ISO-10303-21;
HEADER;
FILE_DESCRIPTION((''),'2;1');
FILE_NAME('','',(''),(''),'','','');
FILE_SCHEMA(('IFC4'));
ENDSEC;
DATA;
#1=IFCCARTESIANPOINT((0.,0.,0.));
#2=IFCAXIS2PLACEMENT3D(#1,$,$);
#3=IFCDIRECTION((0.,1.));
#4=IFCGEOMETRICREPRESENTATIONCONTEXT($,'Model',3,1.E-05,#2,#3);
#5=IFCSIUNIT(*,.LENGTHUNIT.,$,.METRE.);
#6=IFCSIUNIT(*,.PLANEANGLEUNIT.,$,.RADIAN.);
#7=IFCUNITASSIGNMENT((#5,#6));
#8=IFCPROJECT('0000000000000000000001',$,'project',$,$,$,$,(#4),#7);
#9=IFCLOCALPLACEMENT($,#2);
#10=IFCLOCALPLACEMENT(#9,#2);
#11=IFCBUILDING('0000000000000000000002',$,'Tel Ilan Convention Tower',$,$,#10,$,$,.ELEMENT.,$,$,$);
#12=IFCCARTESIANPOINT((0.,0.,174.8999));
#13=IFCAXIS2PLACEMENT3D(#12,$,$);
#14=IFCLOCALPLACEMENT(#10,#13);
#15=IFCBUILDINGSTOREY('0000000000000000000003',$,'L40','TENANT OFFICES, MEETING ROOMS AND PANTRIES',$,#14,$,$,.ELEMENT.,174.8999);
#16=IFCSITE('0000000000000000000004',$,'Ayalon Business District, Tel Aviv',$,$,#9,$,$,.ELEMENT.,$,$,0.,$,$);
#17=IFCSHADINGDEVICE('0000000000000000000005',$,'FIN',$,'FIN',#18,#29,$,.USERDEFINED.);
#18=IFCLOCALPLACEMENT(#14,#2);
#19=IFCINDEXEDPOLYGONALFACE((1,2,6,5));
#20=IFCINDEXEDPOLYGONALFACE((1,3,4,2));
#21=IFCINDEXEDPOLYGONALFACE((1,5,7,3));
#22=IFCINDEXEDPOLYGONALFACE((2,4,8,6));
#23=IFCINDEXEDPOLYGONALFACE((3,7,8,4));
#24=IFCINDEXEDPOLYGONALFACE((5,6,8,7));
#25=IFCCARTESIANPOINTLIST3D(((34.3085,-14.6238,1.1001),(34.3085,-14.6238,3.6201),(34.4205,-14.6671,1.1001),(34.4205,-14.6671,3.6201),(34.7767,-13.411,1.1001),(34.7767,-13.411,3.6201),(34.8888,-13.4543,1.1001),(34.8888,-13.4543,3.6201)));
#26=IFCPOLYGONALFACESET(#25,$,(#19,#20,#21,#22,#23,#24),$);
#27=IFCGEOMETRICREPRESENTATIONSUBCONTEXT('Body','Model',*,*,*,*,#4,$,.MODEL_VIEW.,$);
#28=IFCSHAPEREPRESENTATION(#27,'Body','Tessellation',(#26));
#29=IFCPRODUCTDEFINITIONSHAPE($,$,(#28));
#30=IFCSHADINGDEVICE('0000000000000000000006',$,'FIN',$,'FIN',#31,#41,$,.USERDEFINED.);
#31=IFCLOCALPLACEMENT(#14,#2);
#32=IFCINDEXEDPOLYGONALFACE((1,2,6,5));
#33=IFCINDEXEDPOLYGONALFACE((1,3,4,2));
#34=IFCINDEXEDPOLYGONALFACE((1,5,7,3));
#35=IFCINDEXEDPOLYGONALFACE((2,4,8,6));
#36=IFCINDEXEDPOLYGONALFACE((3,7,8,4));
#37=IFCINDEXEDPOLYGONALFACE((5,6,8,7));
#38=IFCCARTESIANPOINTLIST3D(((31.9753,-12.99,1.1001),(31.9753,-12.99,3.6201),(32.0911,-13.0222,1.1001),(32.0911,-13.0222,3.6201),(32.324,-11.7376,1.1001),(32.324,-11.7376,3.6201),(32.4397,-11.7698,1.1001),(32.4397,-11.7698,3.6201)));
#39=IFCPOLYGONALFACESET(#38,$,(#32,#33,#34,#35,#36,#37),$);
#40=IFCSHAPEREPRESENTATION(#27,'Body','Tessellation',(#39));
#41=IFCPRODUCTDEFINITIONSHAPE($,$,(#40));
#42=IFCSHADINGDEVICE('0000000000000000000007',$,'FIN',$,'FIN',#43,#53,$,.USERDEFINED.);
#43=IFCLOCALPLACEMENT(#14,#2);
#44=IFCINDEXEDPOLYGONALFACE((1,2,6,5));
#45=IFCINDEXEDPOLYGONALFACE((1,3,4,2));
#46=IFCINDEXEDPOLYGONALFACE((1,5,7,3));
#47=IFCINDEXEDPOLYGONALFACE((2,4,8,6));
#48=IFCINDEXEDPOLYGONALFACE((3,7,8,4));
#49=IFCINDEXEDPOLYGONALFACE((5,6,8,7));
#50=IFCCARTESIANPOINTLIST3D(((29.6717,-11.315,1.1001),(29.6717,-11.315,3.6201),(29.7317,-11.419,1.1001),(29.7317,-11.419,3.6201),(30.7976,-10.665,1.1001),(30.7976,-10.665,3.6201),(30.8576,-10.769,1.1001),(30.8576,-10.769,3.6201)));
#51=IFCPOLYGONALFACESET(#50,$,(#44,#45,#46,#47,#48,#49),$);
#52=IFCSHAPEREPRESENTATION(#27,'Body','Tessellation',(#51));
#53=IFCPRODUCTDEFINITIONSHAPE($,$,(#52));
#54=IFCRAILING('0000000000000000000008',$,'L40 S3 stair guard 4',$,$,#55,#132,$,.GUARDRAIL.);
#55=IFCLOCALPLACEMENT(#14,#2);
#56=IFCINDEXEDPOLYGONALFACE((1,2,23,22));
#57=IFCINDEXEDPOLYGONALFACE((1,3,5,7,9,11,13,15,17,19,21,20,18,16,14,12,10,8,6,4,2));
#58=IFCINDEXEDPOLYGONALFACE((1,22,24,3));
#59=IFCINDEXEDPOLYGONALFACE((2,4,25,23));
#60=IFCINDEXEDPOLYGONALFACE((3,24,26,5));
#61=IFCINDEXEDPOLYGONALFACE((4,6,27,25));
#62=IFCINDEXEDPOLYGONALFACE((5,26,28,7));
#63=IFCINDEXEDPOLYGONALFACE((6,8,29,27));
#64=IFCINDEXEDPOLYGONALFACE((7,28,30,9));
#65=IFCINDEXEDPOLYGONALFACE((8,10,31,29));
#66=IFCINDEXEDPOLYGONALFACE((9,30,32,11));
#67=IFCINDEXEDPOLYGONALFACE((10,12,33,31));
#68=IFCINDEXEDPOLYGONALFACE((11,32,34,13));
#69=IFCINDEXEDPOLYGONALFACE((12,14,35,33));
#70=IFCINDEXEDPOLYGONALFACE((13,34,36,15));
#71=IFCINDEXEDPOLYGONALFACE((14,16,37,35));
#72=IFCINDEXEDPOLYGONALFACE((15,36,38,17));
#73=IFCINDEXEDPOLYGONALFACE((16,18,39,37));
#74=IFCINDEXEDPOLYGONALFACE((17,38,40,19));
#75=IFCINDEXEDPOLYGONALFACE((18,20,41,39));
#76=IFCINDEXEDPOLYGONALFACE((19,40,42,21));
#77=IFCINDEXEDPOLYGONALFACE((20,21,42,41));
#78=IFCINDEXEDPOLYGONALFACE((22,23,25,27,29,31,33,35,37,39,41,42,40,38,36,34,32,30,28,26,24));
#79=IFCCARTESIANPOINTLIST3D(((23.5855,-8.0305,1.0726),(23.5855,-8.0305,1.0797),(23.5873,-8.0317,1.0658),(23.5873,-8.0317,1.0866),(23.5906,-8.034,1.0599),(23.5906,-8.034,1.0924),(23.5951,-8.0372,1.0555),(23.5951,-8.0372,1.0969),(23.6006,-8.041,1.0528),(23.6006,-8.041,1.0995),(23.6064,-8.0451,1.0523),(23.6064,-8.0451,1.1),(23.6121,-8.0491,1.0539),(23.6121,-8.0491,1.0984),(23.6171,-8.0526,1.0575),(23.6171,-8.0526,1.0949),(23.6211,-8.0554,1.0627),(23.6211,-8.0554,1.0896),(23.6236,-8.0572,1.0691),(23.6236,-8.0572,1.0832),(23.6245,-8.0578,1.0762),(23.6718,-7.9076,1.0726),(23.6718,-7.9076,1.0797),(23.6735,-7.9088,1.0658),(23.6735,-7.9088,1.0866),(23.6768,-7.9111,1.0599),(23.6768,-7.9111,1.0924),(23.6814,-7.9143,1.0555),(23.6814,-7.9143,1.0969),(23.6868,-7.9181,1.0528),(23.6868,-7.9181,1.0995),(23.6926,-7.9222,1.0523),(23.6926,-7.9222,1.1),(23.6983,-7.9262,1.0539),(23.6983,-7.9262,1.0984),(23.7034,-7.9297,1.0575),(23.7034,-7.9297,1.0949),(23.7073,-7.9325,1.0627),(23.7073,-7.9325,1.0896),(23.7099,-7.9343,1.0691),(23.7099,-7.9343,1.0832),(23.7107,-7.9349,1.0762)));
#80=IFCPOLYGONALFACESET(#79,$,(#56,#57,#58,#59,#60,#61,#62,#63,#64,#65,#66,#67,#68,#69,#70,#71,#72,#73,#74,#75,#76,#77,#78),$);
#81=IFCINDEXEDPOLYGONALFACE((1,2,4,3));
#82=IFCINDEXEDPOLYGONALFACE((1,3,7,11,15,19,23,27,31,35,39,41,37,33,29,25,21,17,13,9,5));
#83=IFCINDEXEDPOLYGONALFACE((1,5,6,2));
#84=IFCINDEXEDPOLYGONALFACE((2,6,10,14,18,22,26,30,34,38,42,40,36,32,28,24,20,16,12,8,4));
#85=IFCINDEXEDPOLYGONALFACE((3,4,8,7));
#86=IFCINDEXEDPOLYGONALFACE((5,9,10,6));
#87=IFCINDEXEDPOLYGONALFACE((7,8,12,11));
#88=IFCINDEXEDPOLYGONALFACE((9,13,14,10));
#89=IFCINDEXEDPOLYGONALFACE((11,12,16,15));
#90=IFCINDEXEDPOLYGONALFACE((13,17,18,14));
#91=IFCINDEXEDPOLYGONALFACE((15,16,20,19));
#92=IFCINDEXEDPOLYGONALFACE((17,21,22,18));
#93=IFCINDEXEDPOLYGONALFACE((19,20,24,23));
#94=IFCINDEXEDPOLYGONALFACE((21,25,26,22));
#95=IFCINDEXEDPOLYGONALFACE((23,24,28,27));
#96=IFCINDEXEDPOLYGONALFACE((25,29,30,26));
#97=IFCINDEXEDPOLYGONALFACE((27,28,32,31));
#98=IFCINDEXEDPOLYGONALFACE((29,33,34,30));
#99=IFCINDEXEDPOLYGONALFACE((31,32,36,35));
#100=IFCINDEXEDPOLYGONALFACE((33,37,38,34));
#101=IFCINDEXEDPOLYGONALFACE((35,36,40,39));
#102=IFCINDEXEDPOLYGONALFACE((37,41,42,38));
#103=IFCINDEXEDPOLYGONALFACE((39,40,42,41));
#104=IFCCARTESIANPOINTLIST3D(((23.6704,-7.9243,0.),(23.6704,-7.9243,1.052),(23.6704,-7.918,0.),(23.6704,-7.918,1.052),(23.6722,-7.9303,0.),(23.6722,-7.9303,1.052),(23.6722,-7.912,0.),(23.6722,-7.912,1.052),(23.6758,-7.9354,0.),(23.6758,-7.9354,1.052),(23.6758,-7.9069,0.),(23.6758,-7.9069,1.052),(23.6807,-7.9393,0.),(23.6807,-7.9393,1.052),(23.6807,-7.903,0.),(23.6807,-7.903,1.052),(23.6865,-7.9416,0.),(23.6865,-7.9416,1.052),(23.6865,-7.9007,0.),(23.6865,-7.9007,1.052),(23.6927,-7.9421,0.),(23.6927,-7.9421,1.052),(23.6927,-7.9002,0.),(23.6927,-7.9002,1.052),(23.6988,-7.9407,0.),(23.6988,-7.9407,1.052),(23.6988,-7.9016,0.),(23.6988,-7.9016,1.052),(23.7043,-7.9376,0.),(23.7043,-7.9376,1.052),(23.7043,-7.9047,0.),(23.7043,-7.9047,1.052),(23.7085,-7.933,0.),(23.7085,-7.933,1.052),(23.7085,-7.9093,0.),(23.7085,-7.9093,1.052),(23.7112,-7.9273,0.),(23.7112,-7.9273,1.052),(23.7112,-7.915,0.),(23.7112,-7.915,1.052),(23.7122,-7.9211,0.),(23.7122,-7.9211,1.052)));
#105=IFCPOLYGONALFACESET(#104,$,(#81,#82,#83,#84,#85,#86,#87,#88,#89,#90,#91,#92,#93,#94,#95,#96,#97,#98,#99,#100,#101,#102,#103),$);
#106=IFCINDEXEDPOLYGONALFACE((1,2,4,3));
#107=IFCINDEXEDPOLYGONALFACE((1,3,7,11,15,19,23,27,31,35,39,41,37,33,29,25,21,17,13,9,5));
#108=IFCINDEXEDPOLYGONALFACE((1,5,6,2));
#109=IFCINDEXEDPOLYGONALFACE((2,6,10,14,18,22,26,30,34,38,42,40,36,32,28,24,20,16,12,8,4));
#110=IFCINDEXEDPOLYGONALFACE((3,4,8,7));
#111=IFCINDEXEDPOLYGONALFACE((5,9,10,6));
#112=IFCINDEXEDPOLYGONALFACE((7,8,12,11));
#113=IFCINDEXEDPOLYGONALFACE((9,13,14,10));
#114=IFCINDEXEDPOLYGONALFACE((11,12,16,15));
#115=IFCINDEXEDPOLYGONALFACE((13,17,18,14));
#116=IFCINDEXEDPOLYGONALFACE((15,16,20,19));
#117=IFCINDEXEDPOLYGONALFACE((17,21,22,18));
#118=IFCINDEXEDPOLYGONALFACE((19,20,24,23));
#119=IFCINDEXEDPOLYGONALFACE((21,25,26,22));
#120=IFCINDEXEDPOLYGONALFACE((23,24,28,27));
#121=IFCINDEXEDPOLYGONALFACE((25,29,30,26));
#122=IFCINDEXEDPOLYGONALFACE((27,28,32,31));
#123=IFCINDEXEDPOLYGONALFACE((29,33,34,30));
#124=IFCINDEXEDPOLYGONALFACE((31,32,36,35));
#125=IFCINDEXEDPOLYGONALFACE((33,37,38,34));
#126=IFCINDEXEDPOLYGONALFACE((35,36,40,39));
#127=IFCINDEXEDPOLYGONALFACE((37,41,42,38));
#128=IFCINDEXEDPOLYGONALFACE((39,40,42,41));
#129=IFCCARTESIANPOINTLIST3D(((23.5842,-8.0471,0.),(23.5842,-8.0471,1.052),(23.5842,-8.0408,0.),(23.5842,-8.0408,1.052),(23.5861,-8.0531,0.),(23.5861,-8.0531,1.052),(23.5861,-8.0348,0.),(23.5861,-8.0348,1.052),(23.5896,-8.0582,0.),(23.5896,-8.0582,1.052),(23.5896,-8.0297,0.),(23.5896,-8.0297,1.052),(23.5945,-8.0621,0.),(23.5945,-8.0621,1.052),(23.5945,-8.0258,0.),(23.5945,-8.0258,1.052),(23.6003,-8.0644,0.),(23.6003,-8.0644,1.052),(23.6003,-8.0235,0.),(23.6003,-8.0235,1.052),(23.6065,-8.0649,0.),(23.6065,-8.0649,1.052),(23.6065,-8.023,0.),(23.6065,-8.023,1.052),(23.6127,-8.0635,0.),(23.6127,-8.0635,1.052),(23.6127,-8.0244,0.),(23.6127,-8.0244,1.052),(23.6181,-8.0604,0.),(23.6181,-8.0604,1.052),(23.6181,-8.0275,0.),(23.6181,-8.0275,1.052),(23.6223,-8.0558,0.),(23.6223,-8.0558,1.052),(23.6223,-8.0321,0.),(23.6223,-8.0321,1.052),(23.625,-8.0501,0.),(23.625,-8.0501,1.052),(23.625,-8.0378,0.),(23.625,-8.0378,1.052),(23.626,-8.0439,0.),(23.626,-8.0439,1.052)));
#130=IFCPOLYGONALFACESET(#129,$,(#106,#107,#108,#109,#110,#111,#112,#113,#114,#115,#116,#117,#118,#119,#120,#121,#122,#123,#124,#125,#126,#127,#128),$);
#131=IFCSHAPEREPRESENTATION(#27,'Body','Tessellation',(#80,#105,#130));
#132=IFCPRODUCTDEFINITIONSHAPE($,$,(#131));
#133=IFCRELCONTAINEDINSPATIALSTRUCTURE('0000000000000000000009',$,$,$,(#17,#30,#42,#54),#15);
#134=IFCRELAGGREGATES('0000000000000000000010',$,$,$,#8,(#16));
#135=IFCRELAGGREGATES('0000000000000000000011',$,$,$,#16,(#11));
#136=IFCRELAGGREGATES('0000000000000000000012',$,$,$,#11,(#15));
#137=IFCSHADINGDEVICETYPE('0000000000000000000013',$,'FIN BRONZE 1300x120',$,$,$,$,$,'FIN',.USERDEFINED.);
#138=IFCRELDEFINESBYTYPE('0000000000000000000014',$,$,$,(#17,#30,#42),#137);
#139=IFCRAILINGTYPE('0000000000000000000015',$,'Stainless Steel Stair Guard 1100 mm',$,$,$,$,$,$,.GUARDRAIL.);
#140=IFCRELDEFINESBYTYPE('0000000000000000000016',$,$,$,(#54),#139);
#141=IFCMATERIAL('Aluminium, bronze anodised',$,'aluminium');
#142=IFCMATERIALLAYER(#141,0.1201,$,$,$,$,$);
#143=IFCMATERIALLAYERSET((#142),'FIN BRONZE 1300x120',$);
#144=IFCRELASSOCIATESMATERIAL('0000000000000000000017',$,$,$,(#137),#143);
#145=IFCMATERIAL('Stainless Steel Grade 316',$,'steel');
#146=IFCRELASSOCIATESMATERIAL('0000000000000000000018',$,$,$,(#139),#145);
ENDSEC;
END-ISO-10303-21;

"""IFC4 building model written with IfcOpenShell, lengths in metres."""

from ifc_helpers import new_model, si_unit, direction, frame, origin, origin_2d, place, context, subcontext, project, spatial, rectangle, circle, extrude, material, layer, layer_set, type_object, element, save


model = new_model("IFC4")

# Units and contexts
model_context = context("Model", 3, precision=1e-05, world=origin(), true_north=direction((0.0, 1.0)))
body_context = subcontext(model_context, "Body", "Model", "MODEL_VIEW")
ifc_project = project(units=[si_unit("LENGTHUNIT", "METRE"), si_unit("PLANEANGLEUNIT", "RADIAN")], contexts=[model_context])

# Site, building, storey
site_placement = place(None, origin())
site = spatial("IfcSite", under=ifc_project, at=site_placement, Name="Ayalon Business District, Tel Aviv", CompositionType="ELEMENT", RefElevation=0.0)
building_placement = place(site_placement, origin())
building = spatial("IfcBuilding", under=site, at=building_placement, Name="Tel Ilan Convention Tower", CompositionType="ELEMENT")
storey_placement = place(building_placement, frame((0.0, 0.0, 174.8999)))
storey = spatial("IfcBuildingStorey", under=building, at=storey_placement, Name="L40", Description="TENANT OFFICES, MEETING ROOMS AND PANTRIES", CompositionType="ELEMENT", Elevation=174.8999)

# Shading devices
ifc_material_1 = material(Name="Aluminium, bronze anodised", Category="aluminium")
ifc_layer_1 = layer(ifc_material_1, 0.1201)
ifc_layer_set_1 = layer_set([ifc_layer_1], Name="FIN BRONZE 1300x120")
shading_device_type = type_object("IfcShadingDeviceType", Name="FIN BRONZE 1300x120", ElementType="FIN", PredefinedType="USERDEFINED", material=ifc_layer_set_1)
for number, where, z_axis, x_axis, name in (
    (1, (34.5986, -14.0391, 1.1001), (0.0, 0.0, 1.0), (0.360178, 0.932884, 0.0), "FIN"),
    (2, (32.2075, -12.3799, 1.1001), (0.0, 0.0, 1.0), (0.268173, 0.963371, 0.0), "FIN"),
    (3, (30.2646, -11.042, 1.1001), (0.0, 0.0, 1.0), (0.866025, 0.5, 0.0), "FIN"),
):
    element("IfcShadingDevice", number, at=place(storey_placement, frame(where, z_axis=z_axis, x_axis=x_axis)), inside=storey, type_object=shading_device_type, Name=name, ObjectType="FIN", PredefinedType="USERDEFINED", context=body_context, shape_type="SweptSolid", body=[
        extrude(rectangle(XDim=1.3, YDim=0.1201, at=origin_2d()), origin(), (0.0, 0.0, 1.0), 2.52),
    ])

# Railing
ifc_material_2 = material(Name="Stainless Steel Grade 316", Category="steel")
railing_type_1 = type_object("IfcRailingType", Name="Stainless Steel Stair Guard 1100 mm", PredefinedType="GUARDRAIL", material=ifc_material_2)
railing_1_placement = place(storey_placement, frame((23.6912, -7.9211, 0.0)))
element("IfcRailing", 4, at=railing_1_placement, inside=storey, type_object=railing_type_1, Name="L40 S3 stair guard 4", PredefinedType="GUARDRAIL", context=body_context, shape_type="SweptSolid", body=[
    extrude(circle(Radius=0.0239, at=origin_2d()), frame((0.0, 0.0, 1.0762), z_axis=(-0.574445, -0.818543, 0.0), x_axis=(0.818543, -0.574445, 0.0)), (0.0, 0.0, 1.0), 0.1501),
    extrude(circle(Radius=0.021, at=origin_2d()), origin(), (0.0, 0.0, 1.0), 1.052),
    extrude(circle(Radius=0.021, at=origin_2d()), frame((-0.0862, -0.1228, 0.0)), (0.0, 0.0, 1.0), 1.052),
])

save(model, "model.ifc")
